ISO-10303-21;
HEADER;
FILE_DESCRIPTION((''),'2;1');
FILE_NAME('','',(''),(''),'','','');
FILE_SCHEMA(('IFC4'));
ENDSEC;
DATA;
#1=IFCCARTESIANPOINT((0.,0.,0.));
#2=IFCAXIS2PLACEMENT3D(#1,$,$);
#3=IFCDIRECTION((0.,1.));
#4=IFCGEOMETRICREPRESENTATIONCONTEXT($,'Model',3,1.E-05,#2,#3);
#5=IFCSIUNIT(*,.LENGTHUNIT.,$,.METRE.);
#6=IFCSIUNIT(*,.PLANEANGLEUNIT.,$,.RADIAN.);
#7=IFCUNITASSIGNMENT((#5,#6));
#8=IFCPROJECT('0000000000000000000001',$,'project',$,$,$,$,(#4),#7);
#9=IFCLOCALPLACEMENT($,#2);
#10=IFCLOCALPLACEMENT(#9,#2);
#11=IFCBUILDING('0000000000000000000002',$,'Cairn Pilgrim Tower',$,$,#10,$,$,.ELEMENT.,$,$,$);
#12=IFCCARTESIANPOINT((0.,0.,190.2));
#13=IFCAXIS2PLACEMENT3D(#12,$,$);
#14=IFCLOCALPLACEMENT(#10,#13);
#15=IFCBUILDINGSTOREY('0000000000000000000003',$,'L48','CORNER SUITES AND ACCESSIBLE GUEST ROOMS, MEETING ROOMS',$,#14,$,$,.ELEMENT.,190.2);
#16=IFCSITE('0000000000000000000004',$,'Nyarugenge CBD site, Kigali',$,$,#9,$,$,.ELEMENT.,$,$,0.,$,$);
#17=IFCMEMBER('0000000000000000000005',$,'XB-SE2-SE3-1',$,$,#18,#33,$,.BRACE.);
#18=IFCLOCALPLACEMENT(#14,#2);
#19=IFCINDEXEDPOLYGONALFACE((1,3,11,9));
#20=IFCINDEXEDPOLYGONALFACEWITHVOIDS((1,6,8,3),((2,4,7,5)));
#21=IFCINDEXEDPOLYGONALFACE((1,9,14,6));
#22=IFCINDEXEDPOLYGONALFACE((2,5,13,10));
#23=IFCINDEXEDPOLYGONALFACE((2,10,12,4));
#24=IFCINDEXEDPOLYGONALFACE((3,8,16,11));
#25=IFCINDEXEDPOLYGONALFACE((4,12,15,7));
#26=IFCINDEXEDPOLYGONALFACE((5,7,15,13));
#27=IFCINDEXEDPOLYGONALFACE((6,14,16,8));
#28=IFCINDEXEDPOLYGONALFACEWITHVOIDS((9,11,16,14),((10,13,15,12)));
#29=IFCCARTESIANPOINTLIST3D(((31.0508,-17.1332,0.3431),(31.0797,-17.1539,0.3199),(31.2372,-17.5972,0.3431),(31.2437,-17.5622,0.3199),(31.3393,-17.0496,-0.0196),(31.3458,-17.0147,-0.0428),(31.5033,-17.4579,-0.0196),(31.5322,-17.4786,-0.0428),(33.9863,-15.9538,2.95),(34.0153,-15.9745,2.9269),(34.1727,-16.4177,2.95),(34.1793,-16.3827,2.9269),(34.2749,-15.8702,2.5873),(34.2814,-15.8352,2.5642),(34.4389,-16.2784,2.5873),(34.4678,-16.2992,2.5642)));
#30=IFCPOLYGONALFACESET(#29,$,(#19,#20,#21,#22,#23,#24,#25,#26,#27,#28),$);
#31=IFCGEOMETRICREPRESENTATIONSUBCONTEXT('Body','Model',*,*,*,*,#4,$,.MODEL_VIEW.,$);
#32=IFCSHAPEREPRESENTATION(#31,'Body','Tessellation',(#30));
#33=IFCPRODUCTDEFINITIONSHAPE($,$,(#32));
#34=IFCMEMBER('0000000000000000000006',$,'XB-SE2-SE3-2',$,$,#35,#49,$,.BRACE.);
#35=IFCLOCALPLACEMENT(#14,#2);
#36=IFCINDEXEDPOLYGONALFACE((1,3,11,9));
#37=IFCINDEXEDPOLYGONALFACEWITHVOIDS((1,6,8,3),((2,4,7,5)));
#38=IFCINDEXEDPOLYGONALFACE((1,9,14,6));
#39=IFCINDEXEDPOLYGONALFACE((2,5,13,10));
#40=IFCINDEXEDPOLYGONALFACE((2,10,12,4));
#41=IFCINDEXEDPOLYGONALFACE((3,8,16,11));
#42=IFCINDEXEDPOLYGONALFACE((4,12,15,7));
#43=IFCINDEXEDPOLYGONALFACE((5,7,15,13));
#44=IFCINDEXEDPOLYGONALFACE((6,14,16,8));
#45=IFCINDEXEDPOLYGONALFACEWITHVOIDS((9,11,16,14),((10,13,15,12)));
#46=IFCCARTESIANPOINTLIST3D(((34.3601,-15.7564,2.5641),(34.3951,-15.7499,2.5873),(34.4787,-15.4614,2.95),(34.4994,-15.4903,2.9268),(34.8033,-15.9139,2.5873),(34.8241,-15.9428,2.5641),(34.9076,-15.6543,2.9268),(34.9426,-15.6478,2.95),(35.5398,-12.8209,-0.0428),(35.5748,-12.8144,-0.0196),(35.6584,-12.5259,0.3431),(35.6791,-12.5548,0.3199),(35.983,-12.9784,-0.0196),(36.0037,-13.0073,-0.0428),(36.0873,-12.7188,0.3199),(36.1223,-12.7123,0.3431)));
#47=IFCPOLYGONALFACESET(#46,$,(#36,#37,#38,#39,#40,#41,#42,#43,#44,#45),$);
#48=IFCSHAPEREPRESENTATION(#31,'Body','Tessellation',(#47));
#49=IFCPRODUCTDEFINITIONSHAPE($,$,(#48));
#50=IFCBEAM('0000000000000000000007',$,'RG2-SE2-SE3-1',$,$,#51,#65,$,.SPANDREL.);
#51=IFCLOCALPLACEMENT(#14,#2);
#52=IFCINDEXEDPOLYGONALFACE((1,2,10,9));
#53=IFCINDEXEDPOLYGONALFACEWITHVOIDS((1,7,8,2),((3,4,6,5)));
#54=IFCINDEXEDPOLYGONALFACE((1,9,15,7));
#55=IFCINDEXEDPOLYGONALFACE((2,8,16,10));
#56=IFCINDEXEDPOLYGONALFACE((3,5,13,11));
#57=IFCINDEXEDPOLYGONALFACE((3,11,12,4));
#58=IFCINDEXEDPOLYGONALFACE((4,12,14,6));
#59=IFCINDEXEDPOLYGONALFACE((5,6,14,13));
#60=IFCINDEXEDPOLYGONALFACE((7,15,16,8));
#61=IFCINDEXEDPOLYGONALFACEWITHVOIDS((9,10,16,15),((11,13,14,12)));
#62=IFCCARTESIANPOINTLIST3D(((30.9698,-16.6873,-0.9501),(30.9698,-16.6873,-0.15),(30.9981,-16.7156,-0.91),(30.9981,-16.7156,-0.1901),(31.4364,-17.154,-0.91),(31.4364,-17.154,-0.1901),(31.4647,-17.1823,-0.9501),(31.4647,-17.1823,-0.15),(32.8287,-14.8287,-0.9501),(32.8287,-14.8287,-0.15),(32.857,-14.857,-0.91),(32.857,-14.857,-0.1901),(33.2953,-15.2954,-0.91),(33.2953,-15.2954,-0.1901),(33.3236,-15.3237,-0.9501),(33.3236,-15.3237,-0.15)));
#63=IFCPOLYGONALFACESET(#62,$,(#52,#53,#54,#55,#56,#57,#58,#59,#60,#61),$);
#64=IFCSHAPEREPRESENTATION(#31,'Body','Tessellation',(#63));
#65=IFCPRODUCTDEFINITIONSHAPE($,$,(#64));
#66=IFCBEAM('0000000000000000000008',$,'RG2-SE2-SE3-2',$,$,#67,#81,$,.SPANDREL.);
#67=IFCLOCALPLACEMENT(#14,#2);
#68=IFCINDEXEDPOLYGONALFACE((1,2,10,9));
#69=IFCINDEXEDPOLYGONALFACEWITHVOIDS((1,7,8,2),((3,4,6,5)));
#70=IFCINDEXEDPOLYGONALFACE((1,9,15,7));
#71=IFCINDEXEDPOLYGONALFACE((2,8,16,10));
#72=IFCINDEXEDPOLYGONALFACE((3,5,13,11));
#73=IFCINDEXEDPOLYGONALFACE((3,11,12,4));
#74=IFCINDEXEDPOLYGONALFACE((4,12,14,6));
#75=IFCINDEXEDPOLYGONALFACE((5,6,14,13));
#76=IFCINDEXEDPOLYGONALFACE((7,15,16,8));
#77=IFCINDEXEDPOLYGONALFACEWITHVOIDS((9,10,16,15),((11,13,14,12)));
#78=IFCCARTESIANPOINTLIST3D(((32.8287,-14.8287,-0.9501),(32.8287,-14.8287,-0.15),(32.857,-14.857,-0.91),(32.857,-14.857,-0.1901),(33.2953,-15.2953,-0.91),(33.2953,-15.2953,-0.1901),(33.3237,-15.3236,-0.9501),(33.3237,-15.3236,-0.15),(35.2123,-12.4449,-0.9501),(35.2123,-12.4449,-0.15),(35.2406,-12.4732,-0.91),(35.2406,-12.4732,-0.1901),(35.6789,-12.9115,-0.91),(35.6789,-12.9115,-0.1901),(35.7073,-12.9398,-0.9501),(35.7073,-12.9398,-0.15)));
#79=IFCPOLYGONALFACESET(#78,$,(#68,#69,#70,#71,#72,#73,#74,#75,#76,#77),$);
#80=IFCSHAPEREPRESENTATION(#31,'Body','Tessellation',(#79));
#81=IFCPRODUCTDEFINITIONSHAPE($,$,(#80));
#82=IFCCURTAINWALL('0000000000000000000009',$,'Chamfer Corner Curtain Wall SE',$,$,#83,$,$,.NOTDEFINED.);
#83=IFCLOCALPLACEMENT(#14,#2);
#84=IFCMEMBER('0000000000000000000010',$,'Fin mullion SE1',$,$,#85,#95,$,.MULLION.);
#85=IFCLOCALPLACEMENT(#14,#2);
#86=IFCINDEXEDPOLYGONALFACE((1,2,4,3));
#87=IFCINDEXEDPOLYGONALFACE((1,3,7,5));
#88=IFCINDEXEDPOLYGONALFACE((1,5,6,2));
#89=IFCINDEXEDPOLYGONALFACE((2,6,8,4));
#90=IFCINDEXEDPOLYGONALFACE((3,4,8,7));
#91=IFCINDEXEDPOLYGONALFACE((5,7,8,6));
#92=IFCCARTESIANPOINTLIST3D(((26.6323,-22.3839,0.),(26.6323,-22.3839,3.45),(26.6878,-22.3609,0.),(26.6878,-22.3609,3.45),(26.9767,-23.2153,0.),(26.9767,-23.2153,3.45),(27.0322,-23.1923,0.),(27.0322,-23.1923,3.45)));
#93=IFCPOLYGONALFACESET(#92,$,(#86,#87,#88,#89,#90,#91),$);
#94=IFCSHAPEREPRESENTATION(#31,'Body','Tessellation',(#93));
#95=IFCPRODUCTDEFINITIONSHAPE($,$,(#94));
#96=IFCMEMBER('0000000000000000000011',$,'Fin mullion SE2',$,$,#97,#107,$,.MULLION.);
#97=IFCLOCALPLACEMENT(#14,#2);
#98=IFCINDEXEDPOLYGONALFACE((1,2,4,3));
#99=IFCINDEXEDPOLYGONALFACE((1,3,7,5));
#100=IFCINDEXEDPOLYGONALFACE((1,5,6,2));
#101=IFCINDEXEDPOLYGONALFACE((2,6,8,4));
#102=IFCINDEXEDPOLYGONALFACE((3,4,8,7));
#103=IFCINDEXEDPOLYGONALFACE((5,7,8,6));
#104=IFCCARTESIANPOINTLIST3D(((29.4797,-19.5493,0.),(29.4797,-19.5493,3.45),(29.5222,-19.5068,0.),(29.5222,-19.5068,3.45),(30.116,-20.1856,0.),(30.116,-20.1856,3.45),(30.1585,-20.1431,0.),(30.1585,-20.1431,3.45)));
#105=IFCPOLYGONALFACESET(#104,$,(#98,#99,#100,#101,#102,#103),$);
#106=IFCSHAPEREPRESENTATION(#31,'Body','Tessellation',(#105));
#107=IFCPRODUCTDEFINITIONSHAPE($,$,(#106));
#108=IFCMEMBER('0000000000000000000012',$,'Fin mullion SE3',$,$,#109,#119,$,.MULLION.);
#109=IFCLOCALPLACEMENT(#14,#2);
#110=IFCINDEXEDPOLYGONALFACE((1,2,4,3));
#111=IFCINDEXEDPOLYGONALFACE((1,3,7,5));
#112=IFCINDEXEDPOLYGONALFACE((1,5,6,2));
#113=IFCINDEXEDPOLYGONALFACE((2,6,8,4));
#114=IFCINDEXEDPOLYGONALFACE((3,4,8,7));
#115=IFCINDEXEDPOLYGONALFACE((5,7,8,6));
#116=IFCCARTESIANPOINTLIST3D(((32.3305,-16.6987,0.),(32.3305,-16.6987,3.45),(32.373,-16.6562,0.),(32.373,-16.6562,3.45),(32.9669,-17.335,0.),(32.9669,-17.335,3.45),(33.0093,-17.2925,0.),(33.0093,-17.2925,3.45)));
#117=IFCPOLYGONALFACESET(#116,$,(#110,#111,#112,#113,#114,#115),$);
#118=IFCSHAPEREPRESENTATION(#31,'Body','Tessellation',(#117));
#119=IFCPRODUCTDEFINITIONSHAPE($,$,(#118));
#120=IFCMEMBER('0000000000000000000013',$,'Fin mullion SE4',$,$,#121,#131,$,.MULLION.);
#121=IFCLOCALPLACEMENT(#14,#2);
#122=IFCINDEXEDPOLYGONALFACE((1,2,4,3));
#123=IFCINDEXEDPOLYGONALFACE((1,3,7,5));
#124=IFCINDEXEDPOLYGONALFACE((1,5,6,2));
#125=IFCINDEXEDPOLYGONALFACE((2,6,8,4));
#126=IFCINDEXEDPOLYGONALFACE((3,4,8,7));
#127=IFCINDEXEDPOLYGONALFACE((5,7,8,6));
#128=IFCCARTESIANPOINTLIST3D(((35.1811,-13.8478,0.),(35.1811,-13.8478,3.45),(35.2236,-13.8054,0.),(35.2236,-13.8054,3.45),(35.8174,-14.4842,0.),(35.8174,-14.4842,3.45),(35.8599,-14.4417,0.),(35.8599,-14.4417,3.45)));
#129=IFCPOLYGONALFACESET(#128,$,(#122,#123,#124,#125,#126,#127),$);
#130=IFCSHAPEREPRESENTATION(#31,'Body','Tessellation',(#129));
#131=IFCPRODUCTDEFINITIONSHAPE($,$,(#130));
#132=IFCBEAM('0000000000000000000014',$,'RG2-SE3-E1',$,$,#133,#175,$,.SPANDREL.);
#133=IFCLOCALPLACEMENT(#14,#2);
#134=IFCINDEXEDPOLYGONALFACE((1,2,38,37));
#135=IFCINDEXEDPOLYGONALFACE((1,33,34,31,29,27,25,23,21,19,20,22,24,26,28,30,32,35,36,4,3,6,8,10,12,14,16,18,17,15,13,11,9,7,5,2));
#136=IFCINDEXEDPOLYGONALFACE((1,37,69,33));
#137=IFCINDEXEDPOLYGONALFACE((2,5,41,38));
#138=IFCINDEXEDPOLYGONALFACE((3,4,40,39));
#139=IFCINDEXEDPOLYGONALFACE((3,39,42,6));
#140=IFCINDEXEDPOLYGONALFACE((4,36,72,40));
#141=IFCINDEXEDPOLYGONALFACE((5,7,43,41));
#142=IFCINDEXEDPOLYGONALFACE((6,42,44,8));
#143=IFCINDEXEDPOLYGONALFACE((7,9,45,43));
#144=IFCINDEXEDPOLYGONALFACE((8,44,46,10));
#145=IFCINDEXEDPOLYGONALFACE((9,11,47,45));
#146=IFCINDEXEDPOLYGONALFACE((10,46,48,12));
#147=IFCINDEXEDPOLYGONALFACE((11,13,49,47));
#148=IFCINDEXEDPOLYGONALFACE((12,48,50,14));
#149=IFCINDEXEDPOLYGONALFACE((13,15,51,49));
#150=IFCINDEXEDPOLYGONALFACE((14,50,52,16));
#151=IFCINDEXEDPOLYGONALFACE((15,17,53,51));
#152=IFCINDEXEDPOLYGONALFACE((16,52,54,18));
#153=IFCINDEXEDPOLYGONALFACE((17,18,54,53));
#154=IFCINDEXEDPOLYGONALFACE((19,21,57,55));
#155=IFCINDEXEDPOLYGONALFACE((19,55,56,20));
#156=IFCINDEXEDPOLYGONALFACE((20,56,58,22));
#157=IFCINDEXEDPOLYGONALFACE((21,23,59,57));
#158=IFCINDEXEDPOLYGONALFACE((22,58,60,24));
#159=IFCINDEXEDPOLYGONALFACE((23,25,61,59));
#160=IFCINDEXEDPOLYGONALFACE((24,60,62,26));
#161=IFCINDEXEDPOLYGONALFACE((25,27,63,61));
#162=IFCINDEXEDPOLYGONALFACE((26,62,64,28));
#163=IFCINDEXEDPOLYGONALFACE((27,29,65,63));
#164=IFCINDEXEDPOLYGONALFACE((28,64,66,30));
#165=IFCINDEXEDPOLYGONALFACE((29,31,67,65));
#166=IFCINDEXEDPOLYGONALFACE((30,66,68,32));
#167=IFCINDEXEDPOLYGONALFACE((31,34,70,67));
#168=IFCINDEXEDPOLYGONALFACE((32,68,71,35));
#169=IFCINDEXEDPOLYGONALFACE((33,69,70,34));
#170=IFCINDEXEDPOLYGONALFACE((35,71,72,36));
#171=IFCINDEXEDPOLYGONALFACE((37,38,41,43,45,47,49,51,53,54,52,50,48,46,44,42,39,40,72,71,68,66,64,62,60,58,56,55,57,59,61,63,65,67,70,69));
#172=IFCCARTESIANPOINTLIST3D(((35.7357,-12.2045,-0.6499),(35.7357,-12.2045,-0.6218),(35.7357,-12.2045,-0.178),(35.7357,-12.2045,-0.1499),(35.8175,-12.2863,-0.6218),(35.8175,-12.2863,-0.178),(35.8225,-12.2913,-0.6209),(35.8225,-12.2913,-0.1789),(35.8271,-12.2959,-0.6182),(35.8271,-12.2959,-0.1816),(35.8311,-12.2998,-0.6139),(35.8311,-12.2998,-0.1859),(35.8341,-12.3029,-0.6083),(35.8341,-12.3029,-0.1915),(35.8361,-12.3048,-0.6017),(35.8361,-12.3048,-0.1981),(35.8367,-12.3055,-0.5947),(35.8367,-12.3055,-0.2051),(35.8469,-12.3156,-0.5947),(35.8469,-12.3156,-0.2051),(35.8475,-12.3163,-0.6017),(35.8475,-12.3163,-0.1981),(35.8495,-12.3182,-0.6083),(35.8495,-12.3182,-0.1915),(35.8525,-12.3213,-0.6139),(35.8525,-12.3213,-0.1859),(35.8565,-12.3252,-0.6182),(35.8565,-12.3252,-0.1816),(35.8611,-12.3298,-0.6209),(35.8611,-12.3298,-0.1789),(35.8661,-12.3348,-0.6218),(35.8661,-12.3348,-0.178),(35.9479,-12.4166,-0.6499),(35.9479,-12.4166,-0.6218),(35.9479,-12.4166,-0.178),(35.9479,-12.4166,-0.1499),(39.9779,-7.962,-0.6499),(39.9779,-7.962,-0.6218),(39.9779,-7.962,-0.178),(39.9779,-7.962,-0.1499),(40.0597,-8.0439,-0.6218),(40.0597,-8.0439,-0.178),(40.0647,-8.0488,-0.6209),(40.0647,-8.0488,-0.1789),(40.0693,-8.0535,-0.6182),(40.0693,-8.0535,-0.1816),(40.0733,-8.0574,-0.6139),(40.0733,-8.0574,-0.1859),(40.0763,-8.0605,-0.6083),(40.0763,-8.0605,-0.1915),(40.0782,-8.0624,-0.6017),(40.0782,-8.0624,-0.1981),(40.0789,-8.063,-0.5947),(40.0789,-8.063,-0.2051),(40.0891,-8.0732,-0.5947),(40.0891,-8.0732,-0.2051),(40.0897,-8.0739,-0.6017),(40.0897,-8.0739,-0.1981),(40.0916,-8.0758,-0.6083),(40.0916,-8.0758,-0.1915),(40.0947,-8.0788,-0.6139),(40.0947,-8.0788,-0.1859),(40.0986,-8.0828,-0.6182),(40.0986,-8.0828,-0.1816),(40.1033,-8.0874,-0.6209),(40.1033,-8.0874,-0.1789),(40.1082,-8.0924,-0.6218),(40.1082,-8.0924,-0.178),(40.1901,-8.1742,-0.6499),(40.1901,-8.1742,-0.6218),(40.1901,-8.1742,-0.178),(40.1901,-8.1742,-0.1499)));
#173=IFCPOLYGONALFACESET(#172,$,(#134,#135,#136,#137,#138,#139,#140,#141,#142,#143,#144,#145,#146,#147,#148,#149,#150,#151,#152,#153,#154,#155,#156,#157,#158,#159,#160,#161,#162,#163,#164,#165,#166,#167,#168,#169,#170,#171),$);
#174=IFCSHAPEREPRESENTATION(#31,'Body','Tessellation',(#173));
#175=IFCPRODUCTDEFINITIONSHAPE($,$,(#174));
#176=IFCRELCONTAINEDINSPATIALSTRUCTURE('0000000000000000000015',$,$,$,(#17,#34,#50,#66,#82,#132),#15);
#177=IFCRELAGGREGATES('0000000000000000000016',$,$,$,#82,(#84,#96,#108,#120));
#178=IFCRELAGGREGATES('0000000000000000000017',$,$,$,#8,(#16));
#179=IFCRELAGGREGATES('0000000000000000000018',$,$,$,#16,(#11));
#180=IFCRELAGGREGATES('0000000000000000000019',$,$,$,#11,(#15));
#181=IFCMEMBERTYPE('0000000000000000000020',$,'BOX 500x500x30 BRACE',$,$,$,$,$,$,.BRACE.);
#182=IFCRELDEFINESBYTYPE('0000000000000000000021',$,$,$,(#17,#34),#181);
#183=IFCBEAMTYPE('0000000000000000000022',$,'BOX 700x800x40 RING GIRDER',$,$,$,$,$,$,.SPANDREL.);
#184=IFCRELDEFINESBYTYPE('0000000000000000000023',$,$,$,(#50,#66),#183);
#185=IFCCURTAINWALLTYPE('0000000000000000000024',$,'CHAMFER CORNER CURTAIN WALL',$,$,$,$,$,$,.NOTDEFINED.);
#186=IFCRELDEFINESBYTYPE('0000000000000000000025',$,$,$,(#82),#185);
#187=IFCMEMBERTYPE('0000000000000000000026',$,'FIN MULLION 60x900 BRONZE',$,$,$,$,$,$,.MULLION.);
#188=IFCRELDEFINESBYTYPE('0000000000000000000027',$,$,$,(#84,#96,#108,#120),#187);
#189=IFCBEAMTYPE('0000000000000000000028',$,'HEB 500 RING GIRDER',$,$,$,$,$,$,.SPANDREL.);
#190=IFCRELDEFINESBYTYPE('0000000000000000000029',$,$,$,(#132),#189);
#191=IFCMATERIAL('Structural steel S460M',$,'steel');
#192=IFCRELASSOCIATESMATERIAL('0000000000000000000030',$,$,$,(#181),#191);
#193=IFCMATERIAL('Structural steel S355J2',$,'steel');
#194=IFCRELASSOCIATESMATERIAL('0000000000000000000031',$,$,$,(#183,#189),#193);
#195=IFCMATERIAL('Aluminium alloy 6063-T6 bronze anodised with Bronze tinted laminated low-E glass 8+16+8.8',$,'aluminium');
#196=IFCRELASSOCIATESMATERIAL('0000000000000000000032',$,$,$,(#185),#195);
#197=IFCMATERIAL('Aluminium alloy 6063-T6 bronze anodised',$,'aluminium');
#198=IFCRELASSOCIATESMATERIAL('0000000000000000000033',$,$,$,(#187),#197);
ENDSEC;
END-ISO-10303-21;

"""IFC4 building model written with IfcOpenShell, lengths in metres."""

from ifc_helpers import new_model, si_unit, direction, frame, origin, origin_2d, place, context, subcontext, project, spatial, rectangle, hollow_rectangle, i_section, extrude, material, material_profile, profile_set, type_object, element, aggregate, save


model = new_model("IFC4")

# Units and contexts
model_context = context("Model", 3, precision=1e-05, world=origin(), true_north=direction((0.0, 1.0)))
body_context = subcontext(model_context, "Body", "Model", "MODEL_VIEW")
ifc_project = project(units=[si_unit("LENGTHUNIT", "METRE"), si_unit("PLANEANGLEUNIT", "RADIAN")], contexts=[model_context])

# Site, building, storey
site_placement = place(None, origin())
site = spatial("IfcSite", under=ifc_project, at=site_placement, Name="Nyarugenge CBD site, Kigali", CompositionType="ELEMENT", RefElevation=0.0)
building_placement = place(site_placement, origin())
building = spatial("IfcBuilding", under=site, at=building_placement, Name="Cairn Pilgrim Tower", CompositionType="ELEMENT")
storey_placement = place(building_placement, frame((0.0, 0.0, 190.2)))
storey = spatial("IfcBuildingStorey", under=building, at=storey_placement, Name="L48", Description="CORNER SUITES AND ACCESSIBLE GUEST ROOMS, MEETING ROOMS", CompositionType="ELEMENT", Elevation=190.2)

# Shared definitions
ifc_material_1 = material(Name="Structural steel S460M", Category="steel")

# Members
ifc_material_profile_1 = material_profile(ifc_material_1, hollow_rectangle(XDim=0.5, YDim=0.5, WallThickness=0.03, at=origin_2d()), Name="BOX 500x500x30")
ifc_profile_set_1 = profile_set([ifc_material_profile_1], Name="Structural steel S460M")
member_type_1 = type_object("IfcMemberType", Name="BOX 500x500x30 BRACE", PredefinedType="BRACE", material=ifc_profile_set_1)
for number, where, z_axis, x_axis, name in (
    (1, (31.2915, -17.3059, 0.1501), (0.716102, 0.287715, 0.635939), (-0.372814, 0.927906, 0.0), "XB-SE2-SE3-1"),
    (2, (35.8311, -12.7666, 0.1501), (-0.28777, -0.716089, 0.635928), (0.927879, -0.37288, 0.0), "XB-SE2-SE3-2"),
):
    element("IfcMember", number, at=place(storey_placement, frame(where, z_axis=z_axis, x_axis=x_axis)), inside=storey, type_object=member_type_1, Name=name, PredefinedType="BRACE", context=body_context, shape_type="SweptSolid", body=[
        extrude(hollow_rectangle(XDim=0.5, YDim=0.5, WallThickness=0.03, at=origin_2d()), origin(), (0.0, 0.0, 1.0), 4.0994),
    ])

# Beams
ifc_material_2 = material(Name="Structural steel S355J2", Category="steel")
ifc_material_profile_2 = material_profile(ifc_material_2, hollow_rectangle(XDim=0.7, YDim=0.8, WallThickness=0.04, at=origin_2d()), Name="BOX 700x800x40")
ifc_profile_set_2 = profile_set([ifc_material_profile_2], Name="Structural steel S355J2")
beam_type_1 = type_object("IfcBeamType", Name="BOX 700x800x40 RING GIRDER", PredefinedType="SPANDREL", material=ifc_profile_set_2)
beam_1_placement = place(storey_placement, frame((31.2173, -16.9348, -0.55), z_axis=(0.707153, 0.70706, 0.0), x_axis=(-0.70706, 0.707153, 0.0)))
element("IfcBeam", 3, at=beam_1_placement, inside=storey, type_object=beam_type_1, Name="RG2-SE2-SE3-1", PredefinedType="SPANDREL", context=body_context, shape_type="SweptSolid", body=[
    extrude(hollow_rectangle(XDim=0.7, YDim=0.8, WallThickness=0.04, at=origin_2d()), origin(), (0.0, 0.0, 1.0), 2.6287),
])
beam_2_placement = place(storey_placement, frame((33.0762, -15.0762, -0.55), z_axis=(0.707071, 0.707143, 0.0), x_axis=(-0.707143, 0.707071, 0.0)))
element("IfcBeam", 4, at=beam_2_placement, inside=storey, type_object=beam_type_1, Name="RG2-SE2-SE3-2", PredefinedType="SPANDREL", context=body_context, shape_type="SweptSolid", body=[
    extrude(hollow_rectangle(XDim=0.7, YDim=0.8, WallThickness=0.04, at=origin_2d()), origin(), (0.0, 0.0, 1.0), 3.3711),
])

# Curtain wall, members
ifc_material_3 = material(Name="Aluminium alloy 6063-T6 bronze anodised with Bronze tinted laminated low-E glass 8+16+8.8", Category="aluminium")
curtain_wall_type = type_object("IfcCurtainWallType", Name="CHAMFER CORNER CURTAIN WALL", PredefinedType="NOTDEFINED", material=ifc_material_3)
curtain_wall_placement = place(storey_placement, origin())
curtain_wall = element("IfcCurtainWall", 5, at=curtain_wall_placement, inside=storey, type_object=curtain_wall_type, Name="Chamfer Corner Curtain Wall SE", PredefinedType="NOTDEFINED")
ifc_material_4 = material(Name="Aluminium alloy 6063-T6 bronze anodised", Category="aluminium")
ifc_material_profile_3 = material_profile(ifc_material_4, rectangle(XDim=0.8999, YDim=0.0601, at=origin_2d()), Name="FIN MULLION 60x900 BRONZE")
ifc_profile_set_3 = profile_set([ifc_material_profile_3], Name="Aluminium alloy 6063-T6 bronze anodised")
member_type_2 = type_object("IfcMemberType", Name="FIN MULLION 60x900 BRONZE", PredefinedType="MULLION", material=ifc_profile_set_3)
member_1_placement = place(storey_placement, frame((26.8323, -22.7881, 0.0), z_axis=(0.0, 0.0, 1.0), x_axis=(0.382683, -0.92388, 0.0)))
member_1 = element("IfcMember", 6, at=member_1_placement, type_object=member_type_2, Name="Fin mullion SE1", PredefinedType="MULLION", context=body_context, shape_type="SweptSolid", body=[
    extrude(rectangle(XDim=0.8999, YDim=0.0601, at=origin_2d()), origin(), (0.0, 0.0, 1.0), 3.45),
])
member_2_placement = place(storey_placement, frame((29.8191, -19.8462, 0.0), z_axis=(0.0, 0.0, 1.0), x_axis=(0.707107, -0.707107, 0.0)))
member_2 = element("IfcMember", 7, at=member_2_placement, type_object=member_type_2, Name="Fin mullion SE2", PredefinedType="MULLION", context=body_context, shape_type="SweptSolid", body=[
    extrude(rectangle(XDim=0.8999, YDim=0.0601, at=origin_2d()), origin(), (0.0, 0.0, 1.0), 3.45),
])
member_3_placement = place(storey_placement, frame((32.6699, -16.9956, 0.0), z_axis=(0.0, 0.0, 1.0), x_axis=(0.707107, -0.707107, 0.0)))
member_3 = element("IfcMember", 8, at=member_3_placement, type_object=member_type_2, Name="Fin mullion SE3", PredefinedType="MULLION", context=body_context, shape_type="SweptSolid", body=[
    extrude(rectangle(XDim=0.8999, YDim=0.0601, at=origin_2d()), origin(), (0.0, 0.0, 1.0), 3.45),
])
member_4_placement = place(storey_placement, frame((35.5205, -14.1448, 0.0), z_axis=(0.0, 0.0, 1.0), x_axis=(0.707107, -0.707107, 0.0)))
member_4 = element("IfcMember", 9, at=member_4_placement, type_object=member_type_2, Name="Fin mullion SE4", PredefinedType="MULLION", context=body_context, shape_type="SweptSolid", body=[
    extrude(rectangle(XDim=0.8999, YDim=0.0601, at=origin_2d()), origin(), (0.0, 0.0, 1.0), 3.45),
])

# Beam
ifc_material_profile_4 = material_profile(ifc_material_2, i_section(OverallWidth=0.3, OverallDepth=0.5, WebThickness=0.0144, FlangeThickness=0.0281, FilletRadius=0.0271, at=origin_2d()), Name="HEB 500")
ifc_profile_set_4 = profile_set([ifc_material_profile_4], Name="Structural steel S355J2")
beam_type_2 = type_object("IfcBeamType", Name="HEB 500 RING GIRDER", PredefinedType="SPANDREL", material=ifc_profile_set_4)
beam_3_placement = place(storey_placement, frame((35.8418, -12.3105, -0.3999), z_axis=(0.707086, 0.707127, 0.0), x_axis=(-0.707127, 0.707086, 0.0)))
element("IfcBeam", 10, at=beam_3_placement, inside=storey, type_object=beam_type_2, Name="RG2-SE3-E1", PredefinedType="SPANDREL", context=body_context, shape_type="SweptSolid", body=[
    extrude(i_section(OverallWidth=0.3, OverallDepth=0.5, WebThickness=0.0144, FlangeThickness=0.0281, FilletRadius=0.0271, at=origin_2d()), origin(), (0.0, 0.0, 1.0), 5.9995),
])

aggregate(curtain_wall, [member_1, member_2, member_3, member_4])

save(model, "model.ifc")
